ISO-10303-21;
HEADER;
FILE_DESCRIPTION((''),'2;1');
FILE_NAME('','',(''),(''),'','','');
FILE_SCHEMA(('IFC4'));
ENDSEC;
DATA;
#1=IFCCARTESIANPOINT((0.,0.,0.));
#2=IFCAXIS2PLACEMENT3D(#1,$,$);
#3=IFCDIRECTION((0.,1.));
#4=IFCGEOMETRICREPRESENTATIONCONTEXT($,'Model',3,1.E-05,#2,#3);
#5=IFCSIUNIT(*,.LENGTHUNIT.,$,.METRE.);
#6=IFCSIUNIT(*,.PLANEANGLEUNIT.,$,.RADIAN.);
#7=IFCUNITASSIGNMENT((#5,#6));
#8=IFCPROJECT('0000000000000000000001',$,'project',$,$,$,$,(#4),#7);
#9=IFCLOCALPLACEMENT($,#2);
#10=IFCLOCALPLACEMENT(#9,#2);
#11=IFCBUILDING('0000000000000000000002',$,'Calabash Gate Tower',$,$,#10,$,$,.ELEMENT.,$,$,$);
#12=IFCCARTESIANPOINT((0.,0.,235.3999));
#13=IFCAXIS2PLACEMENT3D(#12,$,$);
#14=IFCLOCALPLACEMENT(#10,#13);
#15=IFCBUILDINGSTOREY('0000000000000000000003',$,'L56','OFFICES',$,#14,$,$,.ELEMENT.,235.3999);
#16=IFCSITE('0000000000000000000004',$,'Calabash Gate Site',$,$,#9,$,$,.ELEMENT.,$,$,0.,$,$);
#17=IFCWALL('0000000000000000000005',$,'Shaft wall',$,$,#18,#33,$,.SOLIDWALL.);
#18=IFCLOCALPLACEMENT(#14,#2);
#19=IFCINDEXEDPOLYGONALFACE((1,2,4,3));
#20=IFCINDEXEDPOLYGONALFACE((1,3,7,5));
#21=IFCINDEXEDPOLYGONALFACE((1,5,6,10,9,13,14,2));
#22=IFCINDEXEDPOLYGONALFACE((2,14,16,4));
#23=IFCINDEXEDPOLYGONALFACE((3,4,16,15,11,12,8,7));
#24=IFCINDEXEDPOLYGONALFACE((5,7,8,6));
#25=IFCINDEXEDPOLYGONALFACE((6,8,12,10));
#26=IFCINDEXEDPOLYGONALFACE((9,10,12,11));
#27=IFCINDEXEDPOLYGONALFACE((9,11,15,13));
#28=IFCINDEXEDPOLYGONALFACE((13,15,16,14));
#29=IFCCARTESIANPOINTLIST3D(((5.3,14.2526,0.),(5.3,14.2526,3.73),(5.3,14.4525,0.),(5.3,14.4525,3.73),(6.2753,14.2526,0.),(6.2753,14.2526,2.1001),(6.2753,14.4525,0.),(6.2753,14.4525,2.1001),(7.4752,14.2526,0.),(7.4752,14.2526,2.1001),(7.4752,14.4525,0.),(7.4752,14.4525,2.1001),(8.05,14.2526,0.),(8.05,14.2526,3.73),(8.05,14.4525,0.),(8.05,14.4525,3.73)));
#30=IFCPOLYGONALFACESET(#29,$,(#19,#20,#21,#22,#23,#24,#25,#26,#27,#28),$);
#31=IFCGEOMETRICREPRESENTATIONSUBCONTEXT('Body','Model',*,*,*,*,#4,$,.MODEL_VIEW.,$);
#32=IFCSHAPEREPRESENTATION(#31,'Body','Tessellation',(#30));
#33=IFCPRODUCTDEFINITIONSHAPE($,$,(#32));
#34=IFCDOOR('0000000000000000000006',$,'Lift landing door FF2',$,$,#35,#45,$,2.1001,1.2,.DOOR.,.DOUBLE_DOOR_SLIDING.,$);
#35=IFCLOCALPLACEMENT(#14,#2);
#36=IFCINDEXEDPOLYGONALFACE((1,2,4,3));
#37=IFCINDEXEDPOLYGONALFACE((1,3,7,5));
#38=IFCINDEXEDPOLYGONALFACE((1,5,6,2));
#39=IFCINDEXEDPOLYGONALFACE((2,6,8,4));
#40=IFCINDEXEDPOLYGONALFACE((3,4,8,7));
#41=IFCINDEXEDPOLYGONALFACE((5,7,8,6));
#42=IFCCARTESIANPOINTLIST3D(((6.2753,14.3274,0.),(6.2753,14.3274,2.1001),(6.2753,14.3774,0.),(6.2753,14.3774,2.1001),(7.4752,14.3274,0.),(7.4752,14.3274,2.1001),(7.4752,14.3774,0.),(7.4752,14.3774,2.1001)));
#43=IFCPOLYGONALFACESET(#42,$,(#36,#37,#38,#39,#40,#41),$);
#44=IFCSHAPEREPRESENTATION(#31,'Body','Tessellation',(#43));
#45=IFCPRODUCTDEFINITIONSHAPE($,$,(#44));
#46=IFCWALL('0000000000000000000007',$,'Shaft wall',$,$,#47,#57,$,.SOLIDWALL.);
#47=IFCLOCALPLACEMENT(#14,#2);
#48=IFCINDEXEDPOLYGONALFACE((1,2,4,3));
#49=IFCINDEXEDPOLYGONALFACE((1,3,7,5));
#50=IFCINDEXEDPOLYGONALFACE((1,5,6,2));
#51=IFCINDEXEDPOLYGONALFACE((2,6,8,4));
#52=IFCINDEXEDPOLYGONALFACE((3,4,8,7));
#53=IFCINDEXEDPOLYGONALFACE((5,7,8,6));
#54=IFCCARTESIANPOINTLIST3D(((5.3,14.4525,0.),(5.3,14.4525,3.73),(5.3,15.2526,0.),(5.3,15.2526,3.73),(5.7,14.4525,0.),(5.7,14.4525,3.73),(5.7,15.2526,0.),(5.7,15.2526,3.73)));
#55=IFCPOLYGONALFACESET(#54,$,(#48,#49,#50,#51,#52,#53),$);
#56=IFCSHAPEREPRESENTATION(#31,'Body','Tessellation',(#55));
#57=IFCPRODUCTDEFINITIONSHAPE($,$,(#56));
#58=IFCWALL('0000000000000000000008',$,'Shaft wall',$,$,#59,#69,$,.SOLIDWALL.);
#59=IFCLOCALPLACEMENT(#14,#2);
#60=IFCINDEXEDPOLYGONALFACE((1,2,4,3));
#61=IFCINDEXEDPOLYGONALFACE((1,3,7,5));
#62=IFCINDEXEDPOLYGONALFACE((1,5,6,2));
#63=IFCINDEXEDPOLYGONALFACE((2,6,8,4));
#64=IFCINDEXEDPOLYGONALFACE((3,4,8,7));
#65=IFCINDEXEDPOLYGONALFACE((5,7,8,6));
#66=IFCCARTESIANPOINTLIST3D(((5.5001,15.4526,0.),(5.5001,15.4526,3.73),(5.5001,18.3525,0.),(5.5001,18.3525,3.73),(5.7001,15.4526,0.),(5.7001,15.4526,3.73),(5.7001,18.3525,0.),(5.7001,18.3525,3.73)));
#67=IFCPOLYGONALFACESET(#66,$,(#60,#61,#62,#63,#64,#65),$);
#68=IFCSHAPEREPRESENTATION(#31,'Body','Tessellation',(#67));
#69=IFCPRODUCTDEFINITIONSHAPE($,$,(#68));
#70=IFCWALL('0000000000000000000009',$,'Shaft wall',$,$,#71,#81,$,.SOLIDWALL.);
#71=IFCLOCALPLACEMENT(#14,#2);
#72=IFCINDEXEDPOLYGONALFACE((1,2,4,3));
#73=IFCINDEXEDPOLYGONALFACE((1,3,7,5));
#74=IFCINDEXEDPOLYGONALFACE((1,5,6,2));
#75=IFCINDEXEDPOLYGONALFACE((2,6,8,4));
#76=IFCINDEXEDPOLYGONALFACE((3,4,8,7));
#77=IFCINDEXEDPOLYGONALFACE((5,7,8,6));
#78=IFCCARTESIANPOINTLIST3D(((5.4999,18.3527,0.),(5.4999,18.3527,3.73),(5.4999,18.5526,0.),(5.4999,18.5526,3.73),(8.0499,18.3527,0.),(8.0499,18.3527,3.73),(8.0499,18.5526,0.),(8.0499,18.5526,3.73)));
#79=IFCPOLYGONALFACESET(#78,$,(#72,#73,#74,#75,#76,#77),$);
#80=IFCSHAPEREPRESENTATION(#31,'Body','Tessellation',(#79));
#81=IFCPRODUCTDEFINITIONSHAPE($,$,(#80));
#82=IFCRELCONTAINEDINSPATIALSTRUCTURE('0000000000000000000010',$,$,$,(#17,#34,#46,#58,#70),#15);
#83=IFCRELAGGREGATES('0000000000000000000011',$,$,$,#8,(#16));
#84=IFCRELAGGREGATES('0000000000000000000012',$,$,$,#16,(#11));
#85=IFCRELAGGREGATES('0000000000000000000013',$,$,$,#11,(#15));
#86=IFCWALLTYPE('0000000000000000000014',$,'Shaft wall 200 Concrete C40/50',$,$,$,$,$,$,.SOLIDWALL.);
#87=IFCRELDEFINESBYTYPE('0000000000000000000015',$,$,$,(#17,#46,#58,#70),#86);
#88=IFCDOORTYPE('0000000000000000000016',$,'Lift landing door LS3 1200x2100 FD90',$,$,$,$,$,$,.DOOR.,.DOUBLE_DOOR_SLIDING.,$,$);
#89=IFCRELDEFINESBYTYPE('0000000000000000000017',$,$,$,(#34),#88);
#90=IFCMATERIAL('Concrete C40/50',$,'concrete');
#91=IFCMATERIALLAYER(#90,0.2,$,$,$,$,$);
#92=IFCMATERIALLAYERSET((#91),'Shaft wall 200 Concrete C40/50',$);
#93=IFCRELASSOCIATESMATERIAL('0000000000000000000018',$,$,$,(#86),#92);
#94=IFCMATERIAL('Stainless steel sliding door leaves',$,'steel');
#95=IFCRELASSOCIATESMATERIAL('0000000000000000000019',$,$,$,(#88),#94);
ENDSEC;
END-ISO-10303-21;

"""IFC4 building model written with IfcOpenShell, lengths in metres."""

from ifc_helpers import new_model, si_unit, direction, frame, frame_2d, origin, place, context, subcontext, project, spatial, rectangle, extrude, material, layer, layer_set, type_object, element, fill, save


model = new_model("IFC4")

# Units and contexts
model_context = context("Model", 3, precision=1e-05, world=origin(), true_north=direction((0.0, 1.0)))
body_context = subcontext(model_context, "Body", "Model", "MODEL_VIEW")
ifc_project = project(units=[si_unit("LENGTHUNIT", "METRE"), si_unit("PLANEANGLEUNIT", "RADIAN")], contexts=[model_context])

# Site, building, storey
site_placement = place(None, origin())
site = spatial("IfcSite", under=ifc_project, at=site_placement, Name="Calabash Gate Site", CompositionType="ELEMENT", RefElevation=0.0)
building_placement = place(site_placement, origin())
building = spatial("IfcBuilding", under=site, at=building_placement, Name="Calabash Gate Tower", CompositionType="ELEMENT")
storey_placement = place(building_placement, frame((0.0, 0.0, 235.3999)))
storey = spatial("IfcBuildingStorey", under=building, at=storey_placement, Name="L56", Description="OFFICES", CompositionType="ELEMENT", Elevation=235.3999)

# Shared definitions
ifc_material_1 = material(Name="Concrete C40/50", Category="concrete")
ifc_layer_1 = layer(ifc_material_1, 0.2)
ifc_layer_set_1 = layer_set([ifc_layer_1], Name="Shaft wall 200 Concrete C40/50")
wall_type_1 = type_object("IfcWallType", Name="Shaft wall 200 Concrete C40/50", PredefinedType="SOLIDWALL", material=ifc_layer_set_1)

# Wall, opening, door
wall_1_placement = place(storey_placement, frame((5.3, 14.3525, 0.0), z_axis=(0.0, 0.0, 1.0), x_axis=(1.0, 0.0, 0.0)))
wall_1 = element("IfcWall", 1, at=wall_1_placement, inside=storey, type_object=wall_type_1, Name="Shaft wall", PredefinedType="SOLIDWALL", context=body_context, shape_type="SweptSolid", body=[
    extrude(rectangle(XDim=2.75, YDim=0.2, at=frame_2d((1.375, 0.0))), origin(), (0.0, 0.0, 1.0), 3.73),
])
opening_1_placement = place(wall_1_placement, frame((0.9751, 0.0, 0.0)))
opening_1 = element("IfcOpeningElement", 2, at=opening_1_placement, cuts=wall_1, PredefinedType="OPENING", context=body_context, shape_type="SweptSolid", body=[
    extrude(rectangle(XDim=1.2, YDim=2.1001, at=frame_2d((0.6001, 1.05))), frame((0.0, 0.1099, 0.0), z_axis=(0.0, -1.0, 0.0), x_axis=(1.0, 0.0, 0.0)), (0.0, 0.0, 1.0), 0.22),
])
ifc_material_2 = material(Name="Stainless steel sliding door leaves", Category="steel")
door_type_1 = type_object("IfcDoorType", Name="Lift landing door LS3 1200x2100 FD90", OperationType="DOUBLE_DOOR_SLIDING", PredefinedType="DOOR", material=ifc_material_2)
door_1_placement = place(opening_1_placement, origin())
door_1 = element("IfcDoor", 3, at=door_1_placement, inside=storey, type_object=door_type_1, Name="Lift landing door FF2", OperationType="DOUBLE_DOOR_SLIDING", OverallHeight=2.1001, OverallWidth=1.2, PredefinedType="DOOR", context=body_context, shape_type="SweptSolid", body=[
    extrude(rectangle(XDim=1.2, YDim=2.1001, at=frame_2d((0.6001, 1.05))), frame((0.0, 0.0249, 0.0), z_axis=(0.0, -1.0, 0.0), x_axis=(1.0, 0.0, 0.0)), (0.0, 0.0, 1.0), 0.05),
])
fill(opening_1, door_1)

# Walls
wall_2_placement = place(storey_placement, frame((5.5, 14.4526, 0.0), z_axis=(0.0, 0.0, 1.0), x_axis=(0.0, 1.0, 0.0)))
element("IfcWall", 4, at=wall_2_placement, inside=storey, type_object=wall_type_1, Name="Shaft wall", PredefinedType="SOLIDWALL", context=body_context, shape_type="SweptSolid", body=[
    extrude(rectangle(XDim=0.8, YDim=0.3999, at=frame_2d((0.3999, 0.0))), origin(), (0.0, 0.0, 1.0), 3.73),
])
wall_3_placement = place(storey_placement, frame((5.6001, 15.4526, 0.0), z_axis=(0.0, 0.0, 1.0), x_axis=(0.0, 1.0, 0.0)))
element("IfcWall", 5, at=wall_3_placement, inside=storey, type_object=wall_type_1, Name="Shaft wall", PredefinedType="SOLIDWALL", context=body_context, shape_type="SweptSolid", body=[
    extrude(rectangle(XDim=2.8999, YDim=0.2, at=frame_2d((1.45, 0.0))), origin(), (0.0, 0.0, 1.0), 3.73),
])
wall_4_placement = place(storey_placement, frame((5.5, 18.4526, 0.0), z_axis=(0.0, 0.0, 1.0), x_axis=(1.0, 0.0, 0.0)))
element("IfcWall", 6, at=wall_4_placement, inside=storey, type_object=wall_type_1, Name="Shaft wall", PredefinedType="SOLIDWALL", context=body_context, shape_type="SweptSolid", body=[
    extrude(rectangle(XDim=2.55, YDim=0.2, at=frame_2d((1.2749, 0.0))), origin(), (0.0, 0.0, 1.0), 3.73),
])

save(model, "model.ifc")
